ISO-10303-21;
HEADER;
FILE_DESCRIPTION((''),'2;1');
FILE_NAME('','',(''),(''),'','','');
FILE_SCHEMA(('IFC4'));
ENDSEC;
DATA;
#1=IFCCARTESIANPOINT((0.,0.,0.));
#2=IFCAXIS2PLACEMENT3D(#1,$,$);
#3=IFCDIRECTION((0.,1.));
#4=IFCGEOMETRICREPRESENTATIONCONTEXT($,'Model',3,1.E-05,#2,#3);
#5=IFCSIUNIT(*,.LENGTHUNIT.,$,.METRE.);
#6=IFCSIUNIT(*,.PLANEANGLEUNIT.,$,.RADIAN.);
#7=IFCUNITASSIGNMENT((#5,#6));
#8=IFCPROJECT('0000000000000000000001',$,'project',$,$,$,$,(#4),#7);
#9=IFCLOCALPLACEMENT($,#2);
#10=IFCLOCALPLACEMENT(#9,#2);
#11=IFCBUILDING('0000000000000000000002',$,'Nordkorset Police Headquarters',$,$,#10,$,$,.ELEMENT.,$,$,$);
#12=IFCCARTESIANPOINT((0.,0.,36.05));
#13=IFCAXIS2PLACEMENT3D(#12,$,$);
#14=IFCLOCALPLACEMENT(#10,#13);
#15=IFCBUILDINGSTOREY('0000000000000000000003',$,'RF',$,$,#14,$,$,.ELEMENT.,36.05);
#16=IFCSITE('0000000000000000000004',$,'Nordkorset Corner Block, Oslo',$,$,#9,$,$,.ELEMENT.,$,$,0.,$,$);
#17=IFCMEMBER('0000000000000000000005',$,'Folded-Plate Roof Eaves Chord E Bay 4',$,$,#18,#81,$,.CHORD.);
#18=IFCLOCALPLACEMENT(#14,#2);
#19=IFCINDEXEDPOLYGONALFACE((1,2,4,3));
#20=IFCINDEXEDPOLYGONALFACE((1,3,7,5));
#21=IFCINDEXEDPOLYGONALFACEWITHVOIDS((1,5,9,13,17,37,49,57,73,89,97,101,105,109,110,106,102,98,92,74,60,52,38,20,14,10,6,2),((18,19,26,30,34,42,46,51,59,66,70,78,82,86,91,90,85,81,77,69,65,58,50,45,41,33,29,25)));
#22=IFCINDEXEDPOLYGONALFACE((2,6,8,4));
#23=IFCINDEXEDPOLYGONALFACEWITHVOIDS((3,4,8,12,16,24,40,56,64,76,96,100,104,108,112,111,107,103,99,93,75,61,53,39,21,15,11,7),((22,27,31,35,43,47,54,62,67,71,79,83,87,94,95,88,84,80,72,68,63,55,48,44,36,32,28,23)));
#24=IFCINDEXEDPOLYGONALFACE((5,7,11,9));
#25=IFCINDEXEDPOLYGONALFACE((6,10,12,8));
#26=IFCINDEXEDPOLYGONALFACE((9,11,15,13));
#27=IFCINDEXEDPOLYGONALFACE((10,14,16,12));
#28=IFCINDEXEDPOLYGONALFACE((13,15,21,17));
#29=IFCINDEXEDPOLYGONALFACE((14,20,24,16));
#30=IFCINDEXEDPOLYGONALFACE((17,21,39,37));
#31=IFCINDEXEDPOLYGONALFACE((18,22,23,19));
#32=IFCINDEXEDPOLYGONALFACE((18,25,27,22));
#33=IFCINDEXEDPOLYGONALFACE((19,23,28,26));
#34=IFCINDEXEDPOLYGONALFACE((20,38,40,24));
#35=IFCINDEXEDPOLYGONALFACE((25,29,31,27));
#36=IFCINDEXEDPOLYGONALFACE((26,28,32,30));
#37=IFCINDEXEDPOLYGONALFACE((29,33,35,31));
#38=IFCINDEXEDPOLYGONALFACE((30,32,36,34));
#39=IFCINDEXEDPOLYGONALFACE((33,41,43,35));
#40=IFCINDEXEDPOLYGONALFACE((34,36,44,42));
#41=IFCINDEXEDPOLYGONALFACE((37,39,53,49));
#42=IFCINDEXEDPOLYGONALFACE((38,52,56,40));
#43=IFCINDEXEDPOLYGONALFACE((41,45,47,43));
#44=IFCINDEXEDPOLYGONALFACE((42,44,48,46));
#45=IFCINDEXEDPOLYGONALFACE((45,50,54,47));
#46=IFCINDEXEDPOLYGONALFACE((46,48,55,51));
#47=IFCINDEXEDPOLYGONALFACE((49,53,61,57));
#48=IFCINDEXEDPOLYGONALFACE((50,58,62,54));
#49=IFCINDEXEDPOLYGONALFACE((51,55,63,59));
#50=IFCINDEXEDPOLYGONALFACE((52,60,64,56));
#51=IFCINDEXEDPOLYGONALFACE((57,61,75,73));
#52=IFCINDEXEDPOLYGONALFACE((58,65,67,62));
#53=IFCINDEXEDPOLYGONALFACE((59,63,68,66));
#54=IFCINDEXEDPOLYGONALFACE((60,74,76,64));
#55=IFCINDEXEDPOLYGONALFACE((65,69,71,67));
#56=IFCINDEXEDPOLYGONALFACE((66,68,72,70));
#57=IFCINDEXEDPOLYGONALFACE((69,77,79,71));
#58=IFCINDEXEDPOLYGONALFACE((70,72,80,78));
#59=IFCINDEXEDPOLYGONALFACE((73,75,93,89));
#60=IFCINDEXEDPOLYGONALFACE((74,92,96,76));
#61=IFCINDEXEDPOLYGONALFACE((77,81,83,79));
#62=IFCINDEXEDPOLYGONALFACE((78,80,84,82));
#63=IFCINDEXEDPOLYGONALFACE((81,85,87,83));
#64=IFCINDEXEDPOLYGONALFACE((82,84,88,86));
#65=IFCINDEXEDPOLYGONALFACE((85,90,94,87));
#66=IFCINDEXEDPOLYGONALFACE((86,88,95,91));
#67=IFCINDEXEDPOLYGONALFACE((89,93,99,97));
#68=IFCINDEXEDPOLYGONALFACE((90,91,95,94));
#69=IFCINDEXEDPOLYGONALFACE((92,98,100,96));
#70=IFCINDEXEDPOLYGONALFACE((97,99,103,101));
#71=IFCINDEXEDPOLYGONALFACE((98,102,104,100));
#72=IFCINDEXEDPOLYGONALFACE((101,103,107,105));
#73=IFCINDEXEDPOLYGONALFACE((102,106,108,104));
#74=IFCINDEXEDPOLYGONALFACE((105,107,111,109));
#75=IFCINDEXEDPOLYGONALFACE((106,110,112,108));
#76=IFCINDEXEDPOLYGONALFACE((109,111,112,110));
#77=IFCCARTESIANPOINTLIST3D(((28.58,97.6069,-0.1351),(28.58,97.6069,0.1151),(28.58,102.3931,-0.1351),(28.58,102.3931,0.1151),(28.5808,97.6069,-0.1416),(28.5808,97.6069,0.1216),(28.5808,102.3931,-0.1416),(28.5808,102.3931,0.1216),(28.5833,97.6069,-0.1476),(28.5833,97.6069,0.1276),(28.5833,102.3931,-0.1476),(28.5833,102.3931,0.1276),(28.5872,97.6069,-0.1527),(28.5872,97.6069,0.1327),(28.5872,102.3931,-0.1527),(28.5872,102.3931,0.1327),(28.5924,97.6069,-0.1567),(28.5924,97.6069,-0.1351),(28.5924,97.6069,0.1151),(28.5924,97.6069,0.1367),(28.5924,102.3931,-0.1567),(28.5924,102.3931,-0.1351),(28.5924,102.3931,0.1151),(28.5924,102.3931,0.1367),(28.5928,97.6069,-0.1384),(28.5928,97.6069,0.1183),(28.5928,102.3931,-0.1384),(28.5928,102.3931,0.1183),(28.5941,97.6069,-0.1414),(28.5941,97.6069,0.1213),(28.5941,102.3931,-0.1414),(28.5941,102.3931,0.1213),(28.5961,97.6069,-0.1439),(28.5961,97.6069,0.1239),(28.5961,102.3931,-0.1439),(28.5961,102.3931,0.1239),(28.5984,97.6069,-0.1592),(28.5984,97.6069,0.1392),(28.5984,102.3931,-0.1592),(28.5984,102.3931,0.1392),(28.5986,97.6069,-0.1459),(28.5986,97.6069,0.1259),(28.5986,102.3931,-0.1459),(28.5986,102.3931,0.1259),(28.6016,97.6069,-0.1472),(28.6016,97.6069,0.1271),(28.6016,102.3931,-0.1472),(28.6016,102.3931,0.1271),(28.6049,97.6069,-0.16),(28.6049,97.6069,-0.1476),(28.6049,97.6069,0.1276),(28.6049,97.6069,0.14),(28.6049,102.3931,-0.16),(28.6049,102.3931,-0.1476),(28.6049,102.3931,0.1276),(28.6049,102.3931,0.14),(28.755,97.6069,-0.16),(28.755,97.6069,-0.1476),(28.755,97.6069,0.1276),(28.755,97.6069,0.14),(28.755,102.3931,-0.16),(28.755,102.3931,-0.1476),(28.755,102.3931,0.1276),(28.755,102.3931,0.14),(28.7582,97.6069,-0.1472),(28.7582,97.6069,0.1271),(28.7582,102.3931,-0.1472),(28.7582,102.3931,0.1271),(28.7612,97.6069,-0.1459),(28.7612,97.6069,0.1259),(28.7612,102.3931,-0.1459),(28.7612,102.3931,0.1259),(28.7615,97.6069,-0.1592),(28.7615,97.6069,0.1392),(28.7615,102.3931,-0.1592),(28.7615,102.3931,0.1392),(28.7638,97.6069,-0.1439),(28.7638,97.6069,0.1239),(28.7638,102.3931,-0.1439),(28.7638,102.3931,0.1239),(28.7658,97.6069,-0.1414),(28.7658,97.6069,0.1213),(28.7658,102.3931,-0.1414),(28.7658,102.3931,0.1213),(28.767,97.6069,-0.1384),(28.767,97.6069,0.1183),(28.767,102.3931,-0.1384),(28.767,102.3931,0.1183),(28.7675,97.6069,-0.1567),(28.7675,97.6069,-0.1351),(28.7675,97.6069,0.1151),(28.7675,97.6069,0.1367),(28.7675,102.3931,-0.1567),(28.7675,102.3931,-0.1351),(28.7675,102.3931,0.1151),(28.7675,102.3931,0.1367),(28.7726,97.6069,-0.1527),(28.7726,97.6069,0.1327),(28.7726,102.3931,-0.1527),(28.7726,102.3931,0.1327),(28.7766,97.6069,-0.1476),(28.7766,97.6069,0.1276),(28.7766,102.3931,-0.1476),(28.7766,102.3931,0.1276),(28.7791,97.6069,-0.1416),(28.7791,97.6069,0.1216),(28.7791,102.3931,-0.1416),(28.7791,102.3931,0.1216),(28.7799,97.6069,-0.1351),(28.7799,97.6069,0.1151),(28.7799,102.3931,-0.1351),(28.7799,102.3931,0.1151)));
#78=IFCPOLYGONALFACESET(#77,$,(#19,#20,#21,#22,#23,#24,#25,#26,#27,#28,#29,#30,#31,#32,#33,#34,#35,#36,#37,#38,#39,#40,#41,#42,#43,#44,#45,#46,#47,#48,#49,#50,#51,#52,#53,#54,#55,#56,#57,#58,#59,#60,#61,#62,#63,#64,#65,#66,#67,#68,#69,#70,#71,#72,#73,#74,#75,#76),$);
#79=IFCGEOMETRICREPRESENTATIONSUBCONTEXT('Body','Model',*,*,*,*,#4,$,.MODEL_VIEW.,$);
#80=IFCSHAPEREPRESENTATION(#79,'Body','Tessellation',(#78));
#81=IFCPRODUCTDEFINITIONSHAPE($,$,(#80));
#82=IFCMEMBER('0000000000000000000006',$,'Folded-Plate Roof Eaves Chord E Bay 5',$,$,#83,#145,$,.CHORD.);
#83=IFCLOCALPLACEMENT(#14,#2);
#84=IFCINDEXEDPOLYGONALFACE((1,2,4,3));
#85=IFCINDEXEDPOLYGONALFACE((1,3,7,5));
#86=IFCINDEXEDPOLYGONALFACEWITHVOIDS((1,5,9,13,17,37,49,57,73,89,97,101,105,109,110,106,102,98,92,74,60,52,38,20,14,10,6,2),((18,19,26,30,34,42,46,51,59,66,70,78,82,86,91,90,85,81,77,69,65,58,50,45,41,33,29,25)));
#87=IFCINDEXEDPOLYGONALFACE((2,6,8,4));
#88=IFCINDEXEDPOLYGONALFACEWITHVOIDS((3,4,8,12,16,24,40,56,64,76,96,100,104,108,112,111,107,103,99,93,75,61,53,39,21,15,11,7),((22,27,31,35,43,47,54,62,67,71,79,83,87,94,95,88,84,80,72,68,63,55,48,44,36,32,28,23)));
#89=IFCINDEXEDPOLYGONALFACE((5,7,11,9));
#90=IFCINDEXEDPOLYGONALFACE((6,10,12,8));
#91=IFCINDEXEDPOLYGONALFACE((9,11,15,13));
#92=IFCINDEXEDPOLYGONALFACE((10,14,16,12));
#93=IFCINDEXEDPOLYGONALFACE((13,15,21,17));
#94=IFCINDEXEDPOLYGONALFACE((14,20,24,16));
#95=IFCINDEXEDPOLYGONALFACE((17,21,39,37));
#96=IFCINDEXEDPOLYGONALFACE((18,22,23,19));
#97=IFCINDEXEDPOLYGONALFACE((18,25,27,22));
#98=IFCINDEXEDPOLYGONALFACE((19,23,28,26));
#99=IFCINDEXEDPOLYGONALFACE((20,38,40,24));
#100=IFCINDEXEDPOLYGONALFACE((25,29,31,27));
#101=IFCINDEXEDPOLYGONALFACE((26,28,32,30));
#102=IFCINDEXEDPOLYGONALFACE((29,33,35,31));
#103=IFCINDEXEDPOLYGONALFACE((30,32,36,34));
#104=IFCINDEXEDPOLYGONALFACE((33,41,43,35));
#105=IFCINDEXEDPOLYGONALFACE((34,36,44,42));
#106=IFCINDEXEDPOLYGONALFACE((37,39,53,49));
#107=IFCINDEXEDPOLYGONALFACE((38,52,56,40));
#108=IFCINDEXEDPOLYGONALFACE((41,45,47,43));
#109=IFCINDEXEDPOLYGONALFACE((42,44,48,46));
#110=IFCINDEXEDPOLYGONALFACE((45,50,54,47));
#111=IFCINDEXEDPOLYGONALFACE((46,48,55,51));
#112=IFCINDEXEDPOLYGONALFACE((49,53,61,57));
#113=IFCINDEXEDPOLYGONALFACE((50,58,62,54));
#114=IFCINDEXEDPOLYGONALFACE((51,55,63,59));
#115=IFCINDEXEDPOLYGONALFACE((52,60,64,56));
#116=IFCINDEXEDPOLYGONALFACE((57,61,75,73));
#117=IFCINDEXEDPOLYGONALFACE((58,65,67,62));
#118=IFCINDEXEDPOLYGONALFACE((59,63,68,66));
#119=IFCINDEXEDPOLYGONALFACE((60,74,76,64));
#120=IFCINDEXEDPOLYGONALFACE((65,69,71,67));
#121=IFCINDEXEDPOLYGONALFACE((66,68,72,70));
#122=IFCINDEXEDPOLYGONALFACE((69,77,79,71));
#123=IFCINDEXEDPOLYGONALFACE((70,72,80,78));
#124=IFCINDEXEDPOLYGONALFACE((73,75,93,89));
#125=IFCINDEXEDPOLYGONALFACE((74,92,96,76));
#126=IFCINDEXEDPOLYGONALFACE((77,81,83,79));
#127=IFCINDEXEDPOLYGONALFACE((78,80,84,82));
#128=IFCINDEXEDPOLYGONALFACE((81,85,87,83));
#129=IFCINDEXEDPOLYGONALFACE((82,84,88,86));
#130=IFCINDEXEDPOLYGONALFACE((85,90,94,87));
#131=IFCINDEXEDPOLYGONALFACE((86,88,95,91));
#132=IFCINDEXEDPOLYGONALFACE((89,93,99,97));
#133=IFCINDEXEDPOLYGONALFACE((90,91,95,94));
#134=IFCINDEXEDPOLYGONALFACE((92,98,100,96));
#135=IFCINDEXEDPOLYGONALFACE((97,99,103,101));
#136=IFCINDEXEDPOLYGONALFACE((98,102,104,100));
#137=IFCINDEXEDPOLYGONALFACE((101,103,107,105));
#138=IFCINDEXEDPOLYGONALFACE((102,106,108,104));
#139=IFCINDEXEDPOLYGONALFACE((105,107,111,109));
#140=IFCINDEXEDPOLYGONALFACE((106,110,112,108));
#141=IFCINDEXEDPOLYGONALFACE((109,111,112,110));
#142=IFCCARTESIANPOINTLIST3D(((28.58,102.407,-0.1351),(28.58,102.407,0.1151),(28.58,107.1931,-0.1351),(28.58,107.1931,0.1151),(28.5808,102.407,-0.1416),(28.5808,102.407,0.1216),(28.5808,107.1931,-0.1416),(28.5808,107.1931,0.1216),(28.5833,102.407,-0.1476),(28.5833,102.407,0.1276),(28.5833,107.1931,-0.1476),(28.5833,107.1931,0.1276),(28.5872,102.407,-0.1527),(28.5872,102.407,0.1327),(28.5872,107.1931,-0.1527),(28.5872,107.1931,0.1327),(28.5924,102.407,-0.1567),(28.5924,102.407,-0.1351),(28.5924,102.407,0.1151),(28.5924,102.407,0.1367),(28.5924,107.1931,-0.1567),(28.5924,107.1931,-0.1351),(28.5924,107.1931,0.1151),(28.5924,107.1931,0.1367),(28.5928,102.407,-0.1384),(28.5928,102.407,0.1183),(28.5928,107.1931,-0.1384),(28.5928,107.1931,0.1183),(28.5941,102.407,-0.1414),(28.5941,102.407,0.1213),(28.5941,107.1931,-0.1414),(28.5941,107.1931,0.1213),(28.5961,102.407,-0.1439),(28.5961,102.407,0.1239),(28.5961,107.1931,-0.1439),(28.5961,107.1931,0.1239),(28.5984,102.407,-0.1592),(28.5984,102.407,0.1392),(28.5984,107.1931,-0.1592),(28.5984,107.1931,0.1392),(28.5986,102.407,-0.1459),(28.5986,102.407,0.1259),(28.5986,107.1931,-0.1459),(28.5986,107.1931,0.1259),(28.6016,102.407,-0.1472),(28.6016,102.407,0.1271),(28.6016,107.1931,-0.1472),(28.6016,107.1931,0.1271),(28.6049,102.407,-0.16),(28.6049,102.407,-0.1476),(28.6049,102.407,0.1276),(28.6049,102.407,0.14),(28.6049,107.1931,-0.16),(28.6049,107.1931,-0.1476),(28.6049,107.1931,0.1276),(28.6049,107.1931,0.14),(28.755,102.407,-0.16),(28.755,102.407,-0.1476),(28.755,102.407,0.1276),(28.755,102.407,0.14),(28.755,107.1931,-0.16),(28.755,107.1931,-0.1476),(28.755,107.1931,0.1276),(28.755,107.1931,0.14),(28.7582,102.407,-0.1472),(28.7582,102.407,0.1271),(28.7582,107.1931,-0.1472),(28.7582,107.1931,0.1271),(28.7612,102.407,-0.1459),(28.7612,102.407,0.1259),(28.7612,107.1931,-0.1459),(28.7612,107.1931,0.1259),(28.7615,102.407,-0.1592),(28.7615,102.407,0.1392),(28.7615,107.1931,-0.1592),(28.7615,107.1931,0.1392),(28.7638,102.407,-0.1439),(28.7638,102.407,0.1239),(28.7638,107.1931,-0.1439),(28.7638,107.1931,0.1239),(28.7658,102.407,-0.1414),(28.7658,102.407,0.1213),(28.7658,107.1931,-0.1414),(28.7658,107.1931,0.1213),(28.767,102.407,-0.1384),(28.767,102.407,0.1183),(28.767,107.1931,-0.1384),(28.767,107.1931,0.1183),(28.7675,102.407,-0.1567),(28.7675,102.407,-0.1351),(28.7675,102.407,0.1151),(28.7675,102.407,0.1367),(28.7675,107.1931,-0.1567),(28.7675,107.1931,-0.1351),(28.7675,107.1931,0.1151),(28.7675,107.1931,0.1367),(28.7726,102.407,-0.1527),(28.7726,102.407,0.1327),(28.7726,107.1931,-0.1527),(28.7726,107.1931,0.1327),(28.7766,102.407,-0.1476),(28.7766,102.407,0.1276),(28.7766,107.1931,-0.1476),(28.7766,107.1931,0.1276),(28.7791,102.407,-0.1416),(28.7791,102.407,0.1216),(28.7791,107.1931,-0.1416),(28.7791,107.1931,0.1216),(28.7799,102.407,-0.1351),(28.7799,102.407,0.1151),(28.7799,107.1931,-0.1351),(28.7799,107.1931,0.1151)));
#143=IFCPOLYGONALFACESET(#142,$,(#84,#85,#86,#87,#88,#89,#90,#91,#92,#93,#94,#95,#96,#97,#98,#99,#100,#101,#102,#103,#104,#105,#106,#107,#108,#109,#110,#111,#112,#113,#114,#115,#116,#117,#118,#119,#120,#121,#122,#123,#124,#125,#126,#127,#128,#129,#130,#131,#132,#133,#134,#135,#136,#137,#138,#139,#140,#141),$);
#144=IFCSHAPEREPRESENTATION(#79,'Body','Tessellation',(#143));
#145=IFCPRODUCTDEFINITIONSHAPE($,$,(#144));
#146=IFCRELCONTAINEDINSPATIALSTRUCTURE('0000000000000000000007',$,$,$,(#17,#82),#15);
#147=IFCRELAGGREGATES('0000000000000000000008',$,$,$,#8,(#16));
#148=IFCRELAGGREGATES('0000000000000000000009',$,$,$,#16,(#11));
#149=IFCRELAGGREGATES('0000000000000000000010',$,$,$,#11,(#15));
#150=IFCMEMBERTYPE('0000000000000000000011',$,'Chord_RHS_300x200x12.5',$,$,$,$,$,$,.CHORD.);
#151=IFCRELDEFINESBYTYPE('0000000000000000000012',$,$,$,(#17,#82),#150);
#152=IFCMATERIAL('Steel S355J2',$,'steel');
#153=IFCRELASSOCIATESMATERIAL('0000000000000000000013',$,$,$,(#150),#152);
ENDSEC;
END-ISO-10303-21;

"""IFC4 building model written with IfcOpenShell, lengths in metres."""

from ifc_helpers import new_model, si_unit, direction, frame, origin, origin_2d, place, context, subcontext, project, spatial, hollow_rectangle, extrude, material, material_profile, profile_set, type_object, element, save


model = new_model("IFC4")

# Units and contexts
model_context = context("Model", 3, precision=1e-05, world=origin(), true_north=direction((0.0, 1.0)))
body_context = subcontext(model_context, "Body", "Model", "MODEL_VIEW")
ifc_project = project(units=[si_unit("LENGTHUNIT", "METRE"), si_unit("PLANEANGLEUNIT", "RADIAN")], contexts=[model_context])

# Site, building, storey
site_placement = place(None, origin())
site = spatial("IfcSite", under=ifc_project, at=site_placement, Name="Nordkorset Corner Block, Oslo", CompositionType="ELEMENT", RefElevation=0.0)
building_placement = place(site_placement, origin())
building = spatial("IfcBuilding", under=site, at=building_placement, Name="Nordkorset Police Headquarters", CompositionType="ELEMENT")
storey_placement = place(building_placement, frame((0.0, 0.0, 36.05)))
storey = spatial("IfcBuildingStorey", under=building, at=storey_placement, Name="RF", CompositionType="ELEMENT", Elevation=36.05)

# Members
ifc_material_1 = material(Name="Steel S355J2", Category="steel")
ifc_material_profile_1 = material_profile(ifc_material_1, hollow_rectangle(XDim=0.2, YDim=0.3, WallThickness=0.0125, InnerFilletRadius=0.0125, OuterFilletRadius=0.0249, at=origin_2d()), Name="RHS 300x200x12.5")
ifc_profile_set_1 = profile_set([ifc_material_profile_1], Name="Steel S355J2")
member_type_1 = type_object("IfcMemberType", Name="Chord_RHS_300x200x12.5", PredefinedType="CHORD", material=ifc_profile_set_1)
for number, where, z_axis, x_axis, name in (
    (1, (28.6799, 97.6069, -0.01), (0.0, 1.0, 0.0), (-1.0, 0.0, 0.0), "Folded-Plate Roof Eaves Chord E Bay 4"),
    (2, (28.6799, 102.407, -0.01), (0.0, 1.0, 0.0), (-1.0, 0.0, 0.0), "Folded-Plate Roof Eaves Chord E Bay 5"),
):
    element("IfcMember", number, at=place(storey_placement, frame(where, z_axis=z_axis, x_axis=x_axis)), inside=storey, type_object=member_type_1, Name=name, PredefinedType="CHORD", context=body_context, shape_type="SweptSolid", body=[
        extrude(hollow_rectangle(XDim=0.2, YDim=0.3, WallThickness=0.0125, InnerFilletRadius=0.0125, OuterFilletRadius=0.0249, at=origin_2d()), origin(), (0.0, 0.0, 1.0), 4.7861),
    ])

save(model, "model.ifc")
